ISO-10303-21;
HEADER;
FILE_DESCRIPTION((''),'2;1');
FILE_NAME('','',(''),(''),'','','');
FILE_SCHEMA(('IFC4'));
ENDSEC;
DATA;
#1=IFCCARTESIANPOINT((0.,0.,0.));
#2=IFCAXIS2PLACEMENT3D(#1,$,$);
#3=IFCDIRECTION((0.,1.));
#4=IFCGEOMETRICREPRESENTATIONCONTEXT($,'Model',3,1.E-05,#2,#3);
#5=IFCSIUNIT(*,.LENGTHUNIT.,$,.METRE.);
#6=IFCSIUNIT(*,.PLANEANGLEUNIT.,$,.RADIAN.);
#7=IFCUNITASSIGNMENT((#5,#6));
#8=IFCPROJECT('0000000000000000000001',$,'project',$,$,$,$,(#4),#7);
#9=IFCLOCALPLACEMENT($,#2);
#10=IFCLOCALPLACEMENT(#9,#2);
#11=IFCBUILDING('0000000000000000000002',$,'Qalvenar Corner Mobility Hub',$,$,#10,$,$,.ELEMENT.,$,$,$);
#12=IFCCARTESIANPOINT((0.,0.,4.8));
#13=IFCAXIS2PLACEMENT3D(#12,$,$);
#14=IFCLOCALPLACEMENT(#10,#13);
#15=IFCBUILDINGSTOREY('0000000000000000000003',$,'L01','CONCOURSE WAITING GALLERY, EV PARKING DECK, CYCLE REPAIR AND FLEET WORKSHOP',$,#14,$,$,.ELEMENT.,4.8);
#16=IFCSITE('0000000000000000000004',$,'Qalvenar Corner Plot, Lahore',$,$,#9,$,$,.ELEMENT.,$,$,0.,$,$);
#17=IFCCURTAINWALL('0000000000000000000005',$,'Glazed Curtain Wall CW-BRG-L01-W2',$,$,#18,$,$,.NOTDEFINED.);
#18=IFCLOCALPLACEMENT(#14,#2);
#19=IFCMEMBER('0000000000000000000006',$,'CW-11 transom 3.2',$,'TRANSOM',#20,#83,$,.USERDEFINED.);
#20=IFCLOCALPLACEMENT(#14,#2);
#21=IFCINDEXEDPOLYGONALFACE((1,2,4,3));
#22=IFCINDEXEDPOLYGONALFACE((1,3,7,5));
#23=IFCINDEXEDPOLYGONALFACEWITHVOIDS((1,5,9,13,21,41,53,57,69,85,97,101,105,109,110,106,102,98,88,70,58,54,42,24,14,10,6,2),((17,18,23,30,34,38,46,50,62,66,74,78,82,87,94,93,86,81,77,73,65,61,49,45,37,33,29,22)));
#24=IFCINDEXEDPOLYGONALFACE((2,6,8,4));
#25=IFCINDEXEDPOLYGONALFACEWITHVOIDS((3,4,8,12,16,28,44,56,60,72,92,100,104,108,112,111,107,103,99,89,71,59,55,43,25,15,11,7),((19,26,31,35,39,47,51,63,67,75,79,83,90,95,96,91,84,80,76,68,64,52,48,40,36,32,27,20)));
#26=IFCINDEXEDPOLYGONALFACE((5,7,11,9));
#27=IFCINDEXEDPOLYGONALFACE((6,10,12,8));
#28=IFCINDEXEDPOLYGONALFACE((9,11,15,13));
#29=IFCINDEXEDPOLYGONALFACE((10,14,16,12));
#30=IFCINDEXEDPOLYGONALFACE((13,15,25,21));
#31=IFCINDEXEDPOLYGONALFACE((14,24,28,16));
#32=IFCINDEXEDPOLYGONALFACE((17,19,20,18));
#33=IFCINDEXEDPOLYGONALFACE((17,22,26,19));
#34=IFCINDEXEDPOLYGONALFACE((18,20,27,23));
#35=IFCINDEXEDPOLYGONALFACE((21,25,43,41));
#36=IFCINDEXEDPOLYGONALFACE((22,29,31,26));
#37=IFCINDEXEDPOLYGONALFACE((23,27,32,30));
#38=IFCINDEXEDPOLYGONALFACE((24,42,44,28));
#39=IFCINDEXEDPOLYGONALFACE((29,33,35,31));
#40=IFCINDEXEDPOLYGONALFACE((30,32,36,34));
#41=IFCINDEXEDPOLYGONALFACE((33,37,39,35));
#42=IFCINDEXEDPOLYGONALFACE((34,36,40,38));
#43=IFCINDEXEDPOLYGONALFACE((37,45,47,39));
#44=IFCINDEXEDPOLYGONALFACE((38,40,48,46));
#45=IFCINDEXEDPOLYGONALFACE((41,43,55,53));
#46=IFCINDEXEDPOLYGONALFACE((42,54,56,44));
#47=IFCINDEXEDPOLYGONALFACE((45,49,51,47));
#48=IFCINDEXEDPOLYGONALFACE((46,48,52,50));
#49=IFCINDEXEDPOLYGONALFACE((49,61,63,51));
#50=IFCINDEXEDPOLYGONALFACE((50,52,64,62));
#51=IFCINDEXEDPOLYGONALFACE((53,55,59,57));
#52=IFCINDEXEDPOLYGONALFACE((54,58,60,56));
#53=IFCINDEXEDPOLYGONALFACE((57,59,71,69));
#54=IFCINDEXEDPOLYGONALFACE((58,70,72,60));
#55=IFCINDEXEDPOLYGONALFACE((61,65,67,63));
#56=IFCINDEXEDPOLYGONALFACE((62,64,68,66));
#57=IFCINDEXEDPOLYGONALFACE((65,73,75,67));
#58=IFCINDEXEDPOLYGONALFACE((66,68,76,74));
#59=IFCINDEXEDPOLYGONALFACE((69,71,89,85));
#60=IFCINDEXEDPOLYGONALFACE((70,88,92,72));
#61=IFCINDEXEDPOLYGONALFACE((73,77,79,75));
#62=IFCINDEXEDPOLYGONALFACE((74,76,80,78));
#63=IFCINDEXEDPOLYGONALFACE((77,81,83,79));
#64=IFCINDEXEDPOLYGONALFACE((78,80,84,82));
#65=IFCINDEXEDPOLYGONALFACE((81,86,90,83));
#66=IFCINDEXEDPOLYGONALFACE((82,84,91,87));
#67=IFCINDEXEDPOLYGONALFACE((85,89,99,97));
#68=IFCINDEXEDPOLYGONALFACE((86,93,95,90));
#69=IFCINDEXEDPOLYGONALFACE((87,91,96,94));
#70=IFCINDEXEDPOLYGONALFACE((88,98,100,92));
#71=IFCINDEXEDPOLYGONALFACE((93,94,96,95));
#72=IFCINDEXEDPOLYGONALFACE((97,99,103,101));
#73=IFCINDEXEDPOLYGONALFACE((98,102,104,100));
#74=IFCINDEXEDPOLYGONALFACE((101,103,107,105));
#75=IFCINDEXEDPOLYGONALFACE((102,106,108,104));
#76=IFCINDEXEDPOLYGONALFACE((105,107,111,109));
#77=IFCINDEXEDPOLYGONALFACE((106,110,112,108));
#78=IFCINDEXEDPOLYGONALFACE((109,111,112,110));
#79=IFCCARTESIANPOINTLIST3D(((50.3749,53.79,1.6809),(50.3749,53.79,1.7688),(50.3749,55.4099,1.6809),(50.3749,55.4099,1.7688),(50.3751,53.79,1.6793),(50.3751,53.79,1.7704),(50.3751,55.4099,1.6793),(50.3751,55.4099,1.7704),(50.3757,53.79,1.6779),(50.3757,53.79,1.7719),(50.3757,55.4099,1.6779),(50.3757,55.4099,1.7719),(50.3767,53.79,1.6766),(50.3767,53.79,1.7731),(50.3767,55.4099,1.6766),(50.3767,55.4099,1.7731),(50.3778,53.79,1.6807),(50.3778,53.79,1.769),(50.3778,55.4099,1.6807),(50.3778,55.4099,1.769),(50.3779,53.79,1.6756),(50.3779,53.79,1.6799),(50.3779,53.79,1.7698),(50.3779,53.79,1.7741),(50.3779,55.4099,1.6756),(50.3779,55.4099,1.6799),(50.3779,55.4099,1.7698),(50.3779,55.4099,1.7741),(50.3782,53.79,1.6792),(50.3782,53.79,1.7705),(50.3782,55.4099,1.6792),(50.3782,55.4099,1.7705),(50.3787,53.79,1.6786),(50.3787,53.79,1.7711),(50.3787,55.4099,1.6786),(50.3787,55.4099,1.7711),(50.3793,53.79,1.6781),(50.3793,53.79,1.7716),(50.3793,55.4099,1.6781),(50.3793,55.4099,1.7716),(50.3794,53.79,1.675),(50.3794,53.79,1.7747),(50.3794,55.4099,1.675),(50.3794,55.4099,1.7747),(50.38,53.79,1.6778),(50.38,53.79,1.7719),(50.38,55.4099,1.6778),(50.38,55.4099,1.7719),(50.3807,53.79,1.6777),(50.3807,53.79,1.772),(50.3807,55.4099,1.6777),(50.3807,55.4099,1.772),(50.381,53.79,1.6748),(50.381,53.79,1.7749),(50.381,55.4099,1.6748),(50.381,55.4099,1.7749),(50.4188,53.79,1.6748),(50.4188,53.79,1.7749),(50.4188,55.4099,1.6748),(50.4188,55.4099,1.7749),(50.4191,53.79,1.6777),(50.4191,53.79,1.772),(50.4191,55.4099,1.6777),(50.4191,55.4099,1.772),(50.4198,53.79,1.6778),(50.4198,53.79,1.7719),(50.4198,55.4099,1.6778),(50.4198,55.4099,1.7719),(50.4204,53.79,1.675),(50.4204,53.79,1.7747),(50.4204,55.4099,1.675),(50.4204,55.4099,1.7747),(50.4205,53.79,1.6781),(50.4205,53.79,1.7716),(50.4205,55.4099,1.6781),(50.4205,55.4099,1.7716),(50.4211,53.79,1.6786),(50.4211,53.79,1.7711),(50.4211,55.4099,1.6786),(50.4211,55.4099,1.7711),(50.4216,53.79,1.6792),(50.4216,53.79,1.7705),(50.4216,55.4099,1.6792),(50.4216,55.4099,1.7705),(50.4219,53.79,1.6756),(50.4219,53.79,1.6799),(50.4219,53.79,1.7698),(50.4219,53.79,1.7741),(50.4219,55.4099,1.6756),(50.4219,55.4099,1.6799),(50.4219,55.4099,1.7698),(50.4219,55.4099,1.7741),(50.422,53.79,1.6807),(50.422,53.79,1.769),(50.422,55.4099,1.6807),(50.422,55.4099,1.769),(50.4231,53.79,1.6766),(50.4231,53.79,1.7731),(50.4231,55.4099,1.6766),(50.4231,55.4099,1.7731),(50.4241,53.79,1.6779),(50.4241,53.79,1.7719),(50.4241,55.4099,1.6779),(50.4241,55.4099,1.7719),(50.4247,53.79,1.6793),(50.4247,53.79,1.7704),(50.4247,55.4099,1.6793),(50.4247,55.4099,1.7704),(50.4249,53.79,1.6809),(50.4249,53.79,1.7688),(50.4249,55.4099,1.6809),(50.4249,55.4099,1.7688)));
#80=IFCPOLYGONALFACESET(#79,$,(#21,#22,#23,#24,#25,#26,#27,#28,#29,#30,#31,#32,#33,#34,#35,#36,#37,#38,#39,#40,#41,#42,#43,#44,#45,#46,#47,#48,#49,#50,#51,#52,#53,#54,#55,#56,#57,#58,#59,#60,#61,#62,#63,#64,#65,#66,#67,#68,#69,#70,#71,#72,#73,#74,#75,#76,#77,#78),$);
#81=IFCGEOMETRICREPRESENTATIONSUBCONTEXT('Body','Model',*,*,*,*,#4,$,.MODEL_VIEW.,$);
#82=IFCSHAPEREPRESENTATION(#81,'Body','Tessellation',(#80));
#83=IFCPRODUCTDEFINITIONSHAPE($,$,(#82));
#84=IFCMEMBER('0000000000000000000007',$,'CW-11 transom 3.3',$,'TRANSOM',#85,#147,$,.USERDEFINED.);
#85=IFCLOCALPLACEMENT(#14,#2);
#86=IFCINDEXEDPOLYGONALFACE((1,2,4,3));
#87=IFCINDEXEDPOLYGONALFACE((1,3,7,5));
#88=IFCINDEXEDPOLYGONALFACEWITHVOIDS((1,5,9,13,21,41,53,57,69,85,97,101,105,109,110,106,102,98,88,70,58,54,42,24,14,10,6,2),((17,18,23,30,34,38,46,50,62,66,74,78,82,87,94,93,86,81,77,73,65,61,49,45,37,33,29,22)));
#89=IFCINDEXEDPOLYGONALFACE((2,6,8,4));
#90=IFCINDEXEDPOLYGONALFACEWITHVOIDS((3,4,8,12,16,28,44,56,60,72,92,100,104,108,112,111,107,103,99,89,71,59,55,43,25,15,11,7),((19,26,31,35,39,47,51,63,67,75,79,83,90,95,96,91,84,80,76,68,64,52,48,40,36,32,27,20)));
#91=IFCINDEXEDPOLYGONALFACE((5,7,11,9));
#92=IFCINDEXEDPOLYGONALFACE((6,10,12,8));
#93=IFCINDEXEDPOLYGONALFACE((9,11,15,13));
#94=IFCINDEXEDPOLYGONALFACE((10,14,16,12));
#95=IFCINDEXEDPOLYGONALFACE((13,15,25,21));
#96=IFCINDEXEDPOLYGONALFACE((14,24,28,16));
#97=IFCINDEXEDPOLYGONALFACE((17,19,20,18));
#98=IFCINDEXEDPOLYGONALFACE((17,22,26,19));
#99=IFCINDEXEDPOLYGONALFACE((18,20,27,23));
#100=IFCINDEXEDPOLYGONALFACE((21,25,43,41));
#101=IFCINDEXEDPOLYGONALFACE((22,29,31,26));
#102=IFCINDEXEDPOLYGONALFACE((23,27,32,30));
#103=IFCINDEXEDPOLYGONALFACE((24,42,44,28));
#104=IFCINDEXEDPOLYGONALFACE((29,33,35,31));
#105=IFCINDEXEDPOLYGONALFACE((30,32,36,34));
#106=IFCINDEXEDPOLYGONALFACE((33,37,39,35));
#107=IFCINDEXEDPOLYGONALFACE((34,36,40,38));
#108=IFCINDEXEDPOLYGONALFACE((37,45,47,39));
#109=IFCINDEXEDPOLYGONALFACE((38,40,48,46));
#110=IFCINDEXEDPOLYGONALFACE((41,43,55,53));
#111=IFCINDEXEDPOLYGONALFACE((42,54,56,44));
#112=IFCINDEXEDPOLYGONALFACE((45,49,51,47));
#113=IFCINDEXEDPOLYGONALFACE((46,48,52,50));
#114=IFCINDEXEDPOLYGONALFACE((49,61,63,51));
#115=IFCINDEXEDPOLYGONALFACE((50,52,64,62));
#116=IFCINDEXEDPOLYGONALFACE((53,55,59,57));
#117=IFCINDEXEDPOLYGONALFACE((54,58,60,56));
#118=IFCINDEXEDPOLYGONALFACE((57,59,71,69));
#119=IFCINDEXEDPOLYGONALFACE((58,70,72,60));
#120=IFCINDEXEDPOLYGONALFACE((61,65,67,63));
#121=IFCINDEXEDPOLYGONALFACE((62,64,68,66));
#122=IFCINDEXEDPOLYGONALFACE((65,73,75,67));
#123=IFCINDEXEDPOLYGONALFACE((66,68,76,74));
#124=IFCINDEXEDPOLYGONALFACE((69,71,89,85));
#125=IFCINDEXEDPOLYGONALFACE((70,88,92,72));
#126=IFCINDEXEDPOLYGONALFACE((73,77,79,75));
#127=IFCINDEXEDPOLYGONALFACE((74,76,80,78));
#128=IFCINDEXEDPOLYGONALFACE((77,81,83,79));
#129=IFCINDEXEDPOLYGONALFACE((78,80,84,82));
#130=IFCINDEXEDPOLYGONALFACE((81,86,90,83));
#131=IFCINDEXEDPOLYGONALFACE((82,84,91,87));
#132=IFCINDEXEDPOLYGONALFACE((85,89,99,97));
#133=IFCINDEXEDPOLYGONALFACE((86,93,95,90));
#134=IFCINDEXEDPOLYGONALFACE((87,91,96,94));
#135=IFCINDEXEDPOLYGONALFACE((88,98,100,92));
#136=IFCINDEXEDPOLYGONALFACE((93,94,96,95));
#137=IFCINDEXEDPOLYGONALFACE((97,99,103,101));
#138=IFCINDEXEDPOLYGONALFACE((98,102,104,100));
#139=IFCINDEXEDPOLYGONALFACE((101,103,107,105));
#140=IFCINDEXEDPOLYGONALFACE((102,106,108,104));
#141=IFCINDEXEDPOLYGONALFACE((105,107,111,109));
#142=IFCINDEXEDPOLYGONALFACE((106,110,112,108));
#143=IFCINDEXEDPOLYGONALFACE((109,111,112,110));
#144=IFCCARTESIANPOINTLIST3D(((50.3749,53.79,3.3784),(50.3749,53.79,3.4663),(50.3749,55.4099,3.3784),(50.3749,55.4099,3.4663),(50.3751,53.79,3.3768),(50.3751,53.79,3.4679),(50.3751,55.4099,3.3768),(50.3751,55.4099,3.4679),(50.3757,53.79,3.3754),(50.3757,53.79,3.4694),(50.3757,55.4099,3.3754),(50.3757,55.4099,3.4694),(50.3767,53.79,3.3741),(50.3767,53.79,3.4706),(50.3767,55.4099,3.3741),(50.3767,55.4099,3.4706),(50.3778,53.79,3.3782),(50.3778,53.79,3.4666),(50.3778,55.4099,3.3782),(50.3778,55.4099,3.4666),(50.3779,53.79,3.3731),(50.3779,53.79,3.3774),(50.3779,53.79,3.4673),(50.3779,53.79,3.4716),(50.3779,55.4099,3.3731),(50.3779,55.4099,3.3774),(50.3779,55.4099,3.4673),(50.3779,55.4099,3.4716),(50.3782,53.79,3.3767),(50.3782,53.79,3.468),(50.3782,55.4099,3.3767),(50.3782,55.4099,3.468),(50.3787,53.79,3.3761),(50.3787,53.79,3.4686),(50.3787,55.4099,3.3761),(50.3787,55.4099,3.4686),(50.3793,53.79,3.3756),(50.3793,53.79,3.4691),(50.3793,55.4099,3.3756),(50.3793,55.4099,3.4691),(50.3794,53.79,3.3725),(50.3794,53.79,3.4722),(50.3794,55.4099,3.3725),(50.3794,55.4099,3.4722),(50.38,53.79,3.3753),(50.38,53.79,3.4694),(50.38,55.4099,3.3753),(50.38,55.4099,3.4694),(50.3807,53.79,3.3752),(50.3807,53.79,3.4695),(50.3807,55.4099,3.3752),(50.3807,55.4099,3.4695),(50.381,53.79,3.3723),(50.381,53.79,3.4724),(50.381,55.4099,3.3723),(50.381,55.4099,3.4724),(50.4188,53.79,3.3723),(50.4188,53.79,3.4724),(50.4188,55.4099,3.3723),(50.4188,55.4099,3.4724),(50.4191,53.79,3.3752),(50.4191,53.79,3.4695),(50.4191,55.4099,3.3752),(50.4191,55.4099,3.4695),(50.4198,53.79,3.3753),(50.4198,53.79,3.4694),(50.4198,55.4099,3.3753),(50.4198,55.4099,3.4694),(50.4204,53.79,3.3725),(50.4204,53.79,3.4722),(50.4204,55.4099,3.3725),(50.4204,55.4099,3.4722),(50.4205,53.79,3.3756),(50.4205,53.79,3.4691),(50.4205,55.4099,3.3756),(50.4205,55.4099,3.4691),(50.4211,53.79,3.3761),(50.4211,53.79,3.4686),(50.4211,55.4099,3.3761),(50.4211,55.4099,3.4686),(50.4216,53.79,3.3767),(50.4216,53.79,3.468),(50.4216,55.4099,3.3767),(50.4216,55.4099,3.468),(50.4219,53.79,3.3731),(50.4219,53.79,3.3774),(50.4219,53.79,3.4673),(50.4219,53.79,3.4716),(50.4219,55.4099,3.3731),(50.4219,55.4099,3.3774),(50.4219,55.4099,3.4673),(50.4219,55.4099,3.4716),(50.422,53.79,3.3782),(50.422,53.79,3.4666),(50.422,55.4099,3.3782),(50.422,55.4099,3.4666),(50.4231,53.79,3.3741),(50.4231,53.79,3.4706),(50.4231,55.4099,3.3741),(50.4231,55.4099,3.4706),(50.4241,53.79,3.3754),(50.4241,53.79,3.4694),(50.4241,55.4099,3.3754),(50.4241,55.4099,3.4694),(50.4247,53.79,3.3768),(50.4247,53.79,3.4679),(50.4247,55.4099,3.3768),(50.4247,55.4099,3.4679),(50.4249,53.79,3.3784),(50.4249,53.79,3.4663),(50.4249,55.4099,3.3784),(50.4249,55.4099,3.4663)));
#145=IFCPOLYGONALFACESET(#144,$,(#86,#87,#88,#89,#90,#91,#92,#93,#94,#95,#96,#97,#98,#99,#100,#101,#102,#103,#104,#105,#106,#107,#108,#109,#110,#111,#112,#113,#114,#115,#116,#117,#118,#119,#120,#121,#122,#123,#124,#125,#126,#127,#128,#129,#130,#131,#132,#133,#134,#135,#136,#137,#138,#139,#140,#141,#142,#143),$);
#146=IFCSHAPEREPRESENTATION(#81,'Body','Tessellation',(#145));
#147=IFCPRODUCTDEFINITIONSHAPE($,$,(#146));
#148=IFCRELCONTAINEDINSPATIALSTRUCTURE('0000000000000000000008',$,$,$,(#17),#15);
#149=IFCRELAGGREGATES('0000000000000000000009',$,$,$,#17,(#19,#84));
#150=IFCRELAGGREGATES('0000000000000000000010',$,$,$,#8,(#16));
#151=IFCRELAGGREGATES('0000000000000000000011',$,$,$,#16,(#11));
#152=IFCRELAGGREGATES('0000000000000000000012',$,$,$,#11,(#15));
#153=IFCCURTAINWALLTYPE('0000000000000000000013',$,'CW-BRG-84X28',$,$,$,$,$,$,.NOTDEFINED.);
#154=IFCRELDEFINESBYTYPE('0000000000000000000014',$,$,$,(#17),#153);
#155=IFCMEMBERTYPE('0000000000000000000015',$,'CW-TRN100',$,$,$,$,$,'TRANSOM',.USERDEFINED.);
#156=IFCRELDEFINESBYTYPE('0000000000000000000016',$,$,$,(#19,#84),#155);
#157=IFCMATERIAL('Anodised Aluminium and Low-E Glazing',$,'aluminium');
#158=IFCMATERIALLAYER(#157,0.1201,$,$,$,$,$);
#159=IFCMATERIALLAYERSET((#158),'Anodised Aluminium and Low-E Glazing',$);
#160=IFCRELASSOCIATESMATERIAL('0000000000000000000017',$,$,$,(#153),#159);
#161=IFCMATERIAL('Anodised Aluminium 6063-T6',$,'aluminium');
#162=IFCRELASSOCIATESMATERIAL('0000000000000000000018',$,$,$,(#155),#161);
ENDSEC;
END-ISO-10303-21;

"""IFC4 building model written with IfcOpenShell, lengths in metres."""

from ifc_helpers import new_model, si_unit, direction, frame, origin, origin_2d, place, context, subcontext, project, spatial, hollow_rectangle, extrude, material, layer, layer_set, material_profile, profile_set, type_object, element, aggregate, save


model = new_model("IFC4")

# Units and contexts
model_context = context("Model", 3, precision=1e-05, world=origin(), true_north=direction((0.0, 1.0)))
body_context = subcontext(model_context, "Body", "Model", "MODEL_VIEW")
ifc_project = project(units=[si_unit("LENGTHUNIT", "METRE"), si_unit("PLANEANGLEUNIT", "RADIAN")], contexts=[model_context])

# Site, building, storey
site_placement = place(None, origin())
site = spatial("IfcSite", under=ifc_project, at=site_placement, Name="Qalvenar Corner Plot, Lahore", CompositionType="ELEMENT", RefElevation=0.0)
building_placement = place(site_placement, origin())
building = spatial("IfcBuilding", under=site, at=building_placement, Name="Qalvenar Corner Mobility Hub", CompositionType="ELEMENT")
storey_placement = place(building_placement, frame((0.0, 0.0, 4.8)))
storey = spatial("IfcBuildingStorey", under=building, at=storey_placement, Name="L01", Description="CONCOURSE WAITING GALLERY, EV PARKING DECK, CYCLE REPAIR AND FLEET WORKSHOP", CompositionType="ELEMENT", Elevation=4.8)

# Curtain wall, members
ifc_material_1 = material(Name="Anodised Aluminium and Low-E Glazing", Category="aluminium")
ifc_layer_1 = layer(ifc_material_1, 0.1201)
ifc_layer_set_1 = layer_set([ifc_layer_1], Name="Anodised Aluminium and Low-E Glazing")
curtain_wall_type = type_object("IfcCurtainWallType", Name="CW-BRG-84X28", PredefinedType="NOTDEFINED", material=ifc_layer_set_1)
curtain_wall_placement = place(storey_placement, origin())
curtain_wall = element("IfcCurtainWall", 1, at=curtain_wall_placement, inside=storey, type_object=curtain_wall_type, Name="Glazed Curtain Wall CW-BRG-L01-W2", PredefinedType="NOTDEFINED")
ifc_material_2 = material(Name="Anodised Aluminium 6063-T6", Category="aluminium")
ifc_material_profile_1 = material_profile(ifc_material_2, hollow_rectangle(XDim=0.05, YDim=0.1001, WallThickness=0.0029, InnerFilletRadius=0.0029, OuterFilletRadius=0.0061, at=origin_2d()), Name="RHS100x50x3")
ifc_profile_set_1 = profile_set([ifc_material_profile_1], Name="Anodised Aluminium 6063-T6")
member_type_1 = type_object("IfcMemberType", Name="CW-TRN100", ElementType="TRANSOM", PredefinedType="USERDEFINED", material=ifc_profile_set_1)
member_1_placement = place(storey_placement, frame((50.3999, 55.4099, 1.7249), z_axis=(0.0, -1.0, 0.0), x_axis=(1.0, 0.0, 0.0)))
member_1 = element("IfcMember", 2, at=member_1_placement, type_object=member_type_1, Name="CW-11 transom 3.2", ObjectType="TRANSOM", PredefinedType="USERDEFINED", context=body_context, shape_type="SweptSolid", body=[
    extrude(hollow_rectangle(XDim=0.05, YDim=0.1001, WallThickness=0.0029, InnerFilletRadius=0.0029, OuterFilletRadius=0.0061, at=origin_2d()), origin(), (0.0, 0.0, 1.0), 1.6199),
])
member_2_placement = place(storey_placement, frame((50.3999, 55.4099, 3.4224), z_axis=(0.0, -1.0, 0.0), x_axis=(1.0, 0.0, 0.0)))
member_2 = element("IfcMember", 3, at=member_2_placement, type_object=member_type_1, Name="CW-11 transom 3.3", ObjectType="TRANSOM", PredefinedType="USERDEFINED", context=body_context, shape_type="SweptSolid", body=[
    extrude(hollow_rectangle(XDim=0.05, YDim=0.1001, WallThickness=0.0029, InnerFilletRadius=0.0029, OuterFilletRadius=0.0061, at=origin_2d()), origin(), (0.0, 0.0, 1.0), 1.6199),
])
aggregate(curtain_wall, [member_1, member_2])

save(model, "model.ifc")
